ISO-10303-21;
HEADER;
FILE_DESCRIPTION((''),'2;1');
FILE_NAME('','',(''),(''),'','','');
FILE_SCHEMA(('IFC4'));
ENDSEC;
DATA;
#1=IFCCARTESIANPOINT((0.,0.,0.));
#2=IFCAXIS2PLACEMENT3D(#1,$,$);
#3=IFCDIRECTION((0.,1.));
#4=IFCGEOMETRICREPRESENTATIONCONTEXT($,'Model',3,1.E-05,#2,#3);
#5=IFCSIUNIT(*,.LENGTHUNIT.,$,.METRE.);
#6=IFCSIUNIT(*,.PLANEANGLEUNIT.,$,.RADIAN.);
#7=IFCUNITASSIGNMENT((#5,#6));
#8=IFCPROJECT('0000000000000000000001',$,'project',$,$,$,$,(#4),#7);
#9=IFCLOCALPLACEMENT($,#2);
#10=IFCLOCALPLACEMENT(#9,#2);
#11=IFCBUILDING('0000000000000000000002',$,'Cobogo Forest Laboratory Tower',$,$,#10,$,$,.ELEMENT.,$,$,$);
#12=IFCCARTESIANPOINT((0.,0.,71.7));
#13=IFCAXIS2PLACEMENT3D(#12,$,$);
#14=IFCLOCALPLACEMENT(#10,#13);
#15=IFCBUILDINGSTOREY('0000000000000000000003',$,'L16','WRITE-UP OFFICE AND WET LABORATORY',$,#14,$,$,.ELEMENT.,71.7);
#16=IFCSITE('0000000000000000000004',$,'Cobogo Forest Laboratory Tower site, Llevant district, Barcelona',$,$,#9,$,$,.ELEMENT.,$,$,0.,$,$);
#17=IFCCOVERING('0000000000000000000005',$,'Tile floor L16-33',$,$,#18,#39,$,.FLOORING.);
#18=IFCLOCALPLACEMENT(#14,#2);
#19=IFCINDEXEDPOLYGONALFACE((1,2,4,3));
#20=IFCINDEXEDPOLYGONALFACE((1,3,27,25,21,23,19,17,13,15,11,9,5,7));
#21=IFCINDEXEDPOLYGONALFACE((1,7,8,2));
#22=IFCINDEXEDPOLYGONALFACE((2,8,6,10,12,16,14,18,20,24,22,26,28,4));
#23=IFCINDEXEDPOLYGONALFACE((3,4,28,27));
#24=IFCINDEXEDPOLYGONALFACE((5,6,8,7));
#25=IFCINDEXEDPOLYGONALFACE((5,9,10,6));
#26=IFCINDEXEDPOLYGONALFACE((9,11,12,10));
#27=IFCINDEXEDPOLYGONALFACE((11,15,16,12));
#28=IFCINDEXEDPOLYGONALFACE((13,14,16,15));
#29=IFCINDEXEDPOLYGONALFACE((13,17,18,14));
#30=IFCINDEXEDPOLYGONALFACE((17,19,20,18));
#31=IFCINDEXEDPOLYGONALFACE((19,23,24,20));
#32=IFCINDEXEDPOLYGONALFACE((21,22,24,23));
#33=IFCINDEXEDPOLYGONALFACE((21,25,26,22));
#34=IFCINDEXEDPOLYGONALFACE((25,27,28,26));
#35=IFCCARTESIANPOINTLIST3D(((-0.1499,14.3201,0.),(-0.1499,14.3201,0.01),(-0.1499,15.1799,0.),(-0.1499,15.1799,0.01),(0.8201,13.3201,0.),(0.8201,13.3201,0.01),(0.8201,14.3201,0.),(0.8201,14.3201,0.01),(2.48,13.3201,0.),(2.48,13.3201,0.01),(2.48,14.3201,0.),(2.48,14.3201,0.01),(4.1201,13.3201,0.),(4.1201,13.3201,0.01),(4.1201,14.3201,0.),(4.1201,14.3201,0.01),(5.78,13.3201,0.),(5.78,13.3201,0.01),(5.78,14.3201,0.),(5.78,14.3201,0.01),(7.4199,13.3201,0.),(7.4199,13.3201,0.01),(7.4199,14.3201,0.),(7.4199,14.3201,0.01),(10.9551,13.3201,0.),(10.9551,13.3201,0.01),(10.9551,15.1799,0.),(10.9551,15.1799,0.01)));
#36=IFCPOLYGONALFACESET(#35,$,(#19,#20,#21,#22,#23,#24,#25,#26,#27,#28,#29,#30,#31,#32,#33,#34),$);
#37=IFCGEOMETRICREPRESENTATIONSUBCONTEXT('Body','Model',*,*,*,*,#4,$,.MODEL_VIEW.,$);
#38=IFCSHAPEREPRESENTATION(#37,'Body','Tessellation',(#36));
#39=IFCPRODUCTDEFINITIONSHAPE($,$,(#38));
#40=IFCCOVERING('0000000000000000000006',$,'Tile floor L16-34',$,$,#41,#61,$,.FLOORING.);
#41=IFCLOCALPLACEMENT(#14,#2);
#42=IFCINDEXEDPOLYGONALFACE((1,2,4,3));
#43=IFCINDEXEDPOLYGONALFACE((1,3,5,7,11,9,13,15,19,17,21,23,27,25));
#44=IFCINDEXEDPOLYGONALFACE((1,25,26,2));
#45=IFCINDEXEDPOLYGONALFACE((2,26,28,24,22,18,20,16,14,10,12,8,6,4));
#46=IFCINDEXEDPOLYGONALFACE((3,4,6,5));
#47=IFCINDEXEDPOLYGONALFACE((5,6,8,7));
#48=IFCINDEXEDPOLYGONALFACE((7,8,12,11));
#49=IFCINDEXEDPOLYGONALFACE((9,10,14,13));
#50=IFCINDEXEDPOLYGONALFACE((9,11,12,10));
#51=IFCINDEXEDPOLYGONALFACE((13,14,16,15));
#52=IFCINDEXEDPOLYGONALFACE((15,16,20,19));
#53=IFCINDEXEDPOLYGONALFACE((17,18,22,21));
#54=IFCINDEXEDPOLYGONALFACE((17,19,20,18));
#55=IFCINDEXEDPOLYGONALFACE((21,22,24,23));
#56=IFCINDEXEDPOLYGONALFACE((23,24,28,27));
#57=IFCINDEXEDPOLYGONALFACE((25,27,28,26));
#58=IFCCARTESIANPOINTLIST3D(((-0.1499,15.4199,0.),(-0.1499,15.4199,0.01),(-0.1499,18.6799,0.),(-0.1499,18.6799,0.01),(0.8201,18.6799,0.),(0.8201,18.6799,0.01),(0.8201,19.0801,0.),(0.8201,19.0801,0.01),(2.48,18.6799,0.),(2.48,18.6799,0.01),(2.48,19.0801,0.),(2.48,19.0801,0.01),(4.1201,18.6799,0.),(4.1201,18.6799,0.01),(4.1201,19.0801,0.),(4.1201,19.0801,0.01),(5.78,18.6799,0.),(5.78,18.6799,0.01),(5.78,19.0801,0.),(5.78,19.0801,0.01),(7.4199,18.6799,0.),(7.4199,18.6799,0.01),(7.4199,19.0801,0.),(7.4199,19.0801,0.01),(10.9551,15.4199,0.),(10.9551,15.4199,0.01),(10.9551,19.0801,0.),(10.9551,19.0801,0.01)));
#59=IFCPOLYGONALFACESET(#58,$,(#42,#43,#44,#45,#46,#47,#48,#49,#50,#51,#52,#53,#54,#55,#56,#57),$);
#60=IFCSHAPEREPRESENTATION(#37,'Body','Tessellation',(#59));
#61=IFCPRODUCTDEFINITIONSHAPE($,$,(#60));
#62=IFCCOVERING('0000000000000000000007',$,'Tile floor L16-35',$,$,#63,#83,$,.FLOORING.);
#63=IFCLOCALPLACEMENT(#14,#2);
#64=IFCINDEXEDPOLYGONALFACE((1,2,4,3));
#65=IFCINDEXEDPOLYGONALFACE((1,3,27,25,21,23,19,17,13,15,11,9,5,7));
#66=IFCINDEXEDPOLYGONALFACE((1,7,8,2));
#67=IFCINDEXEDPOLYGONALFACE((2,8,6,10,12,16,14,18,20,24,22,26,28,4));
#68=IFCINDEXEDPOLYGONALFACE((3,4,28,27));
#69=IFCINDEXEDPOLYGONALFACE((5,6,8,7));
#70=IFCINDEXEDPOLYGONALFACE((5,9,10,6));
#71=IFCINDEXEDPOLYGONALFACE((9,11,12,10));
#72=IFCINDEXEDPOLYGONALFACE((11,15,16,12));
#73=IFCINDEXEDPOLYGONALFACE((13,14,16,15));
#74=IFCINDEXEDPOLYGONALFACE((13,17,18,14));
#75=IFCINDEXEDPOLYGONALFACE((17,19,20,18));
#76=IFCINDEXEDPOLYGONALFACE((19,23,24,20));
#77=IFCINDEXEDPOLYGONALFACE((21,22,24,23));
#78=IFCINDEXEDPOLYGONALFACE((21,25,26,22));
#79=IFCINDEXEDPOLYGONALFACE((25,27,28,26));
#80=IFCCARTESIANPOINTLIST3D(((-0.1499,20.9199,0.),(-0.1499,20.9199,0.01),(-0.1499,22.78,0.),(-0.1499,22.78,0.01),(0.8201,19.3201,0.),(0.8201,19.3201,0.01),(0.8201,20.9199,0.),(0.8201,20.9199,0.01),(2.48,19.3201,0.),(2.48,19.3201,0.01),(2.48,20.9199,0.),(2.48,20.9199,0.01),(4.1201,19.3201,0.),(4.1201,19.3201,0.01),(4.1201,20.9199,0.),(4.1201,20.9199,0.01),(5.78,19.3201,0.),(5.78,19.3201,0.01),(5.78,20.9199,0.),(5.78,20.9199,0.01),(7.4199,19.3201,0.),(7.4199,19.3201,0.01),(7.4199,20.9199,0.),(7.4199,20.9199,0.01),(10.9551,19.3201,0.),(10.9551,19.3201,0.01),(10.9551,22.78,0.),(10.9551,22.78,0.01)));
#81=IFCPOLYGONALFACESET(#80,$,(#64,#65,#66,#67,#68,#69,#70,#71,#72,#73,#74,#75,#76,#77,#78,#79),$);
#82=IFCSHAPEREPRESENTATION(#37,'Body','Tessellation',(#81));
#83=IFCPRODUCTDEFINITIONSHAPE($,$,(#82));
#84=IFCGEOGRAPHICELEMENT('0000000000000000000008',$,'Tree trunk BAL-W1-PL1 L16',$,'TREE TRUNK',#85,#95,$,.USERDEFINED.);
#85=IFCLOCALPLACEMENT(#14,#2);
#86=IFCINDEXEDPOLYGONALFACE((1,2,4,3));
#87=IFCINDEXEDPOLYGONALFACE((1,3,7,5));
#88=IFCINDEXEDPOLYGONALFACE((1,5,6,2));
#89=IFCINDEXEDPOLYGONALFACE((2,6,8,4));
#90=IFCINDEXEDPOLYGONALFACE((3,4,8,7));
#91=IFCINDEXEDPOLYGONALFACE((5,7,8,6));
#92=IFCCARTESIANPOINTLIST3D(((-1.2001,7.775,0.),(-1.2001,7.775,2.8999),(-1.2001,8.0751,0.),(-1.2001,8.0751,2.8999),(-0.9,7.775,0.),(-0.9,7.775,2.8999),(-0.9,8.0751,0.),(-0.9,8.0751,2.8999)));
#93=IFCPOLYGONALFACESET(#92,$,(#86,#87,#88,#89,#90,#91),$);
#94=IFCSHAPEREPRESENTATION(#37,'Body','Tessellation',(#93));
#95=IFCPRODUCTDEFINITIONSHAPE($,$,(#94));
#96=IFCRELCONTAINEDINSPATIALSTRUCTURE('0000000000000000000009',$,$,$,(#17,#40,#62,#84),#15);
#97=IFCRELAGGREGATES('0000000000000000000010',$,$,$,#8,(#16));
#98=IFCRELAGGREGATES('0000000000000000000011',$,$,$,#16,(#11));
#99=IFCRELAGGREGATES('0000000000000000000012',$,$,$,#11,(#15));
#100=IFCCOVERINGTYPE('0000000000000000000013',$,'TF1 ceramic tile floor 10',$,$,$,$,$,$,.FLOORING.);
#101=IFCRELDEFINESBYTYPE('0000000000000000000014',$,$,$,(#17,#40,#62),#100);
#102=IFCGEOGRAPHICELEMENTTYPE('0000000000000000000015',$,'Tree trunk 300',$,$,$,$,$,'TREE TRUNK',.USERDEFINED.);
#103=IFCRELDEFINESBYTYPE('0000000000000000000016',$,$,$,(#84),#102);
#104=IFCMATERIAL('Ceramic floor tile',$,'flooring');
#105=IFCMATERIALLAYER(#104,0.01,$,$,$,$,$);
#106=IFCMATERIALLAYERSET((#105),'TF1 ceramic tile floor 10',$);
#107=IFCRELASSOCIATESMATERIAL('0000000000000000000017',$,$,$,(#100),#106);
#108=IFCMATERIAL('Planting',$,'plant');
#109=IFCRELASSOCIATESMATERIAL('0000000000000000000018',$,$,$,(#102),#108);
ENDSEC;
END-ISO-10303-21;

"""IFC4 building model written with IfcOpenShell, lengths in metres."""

from ifc_helpers import new_model, si_unit, direction, frame, origin, origin_2d, place, context, subcontext, project, spatial, polyline, rectangle, outline, extrude, material, layer, layer_set, type_object, element, save


model = new_model("IFC4")

# Units and contexts
model_context = context("Model", 3, precision=1e-05, world=origin(), true_north=direction((0.0, 1.0)))
body_context = subcontext(model_context, "Body", "Model", "MODEL_VIEW")
ifc_project = project(units=[si_unit("LENGTHUNIT", "METRE"), si_unit("PLANEANGLEUNIT", "RADIAN")], contexts=[model_context])

# Site, building, storey
site_placement = place(None, origin())
site = spatial("IfcSite", under=ifc_project, at=site_placement, Name="Cobogo Forest Laboratory Tower site, Llevant district, Barcelona", CompositionType="ELEMENT", RefElevation=0.0)
building_placement = place(site_placement, origin())
building = spatial("IfcBuilding", under=site, at=building_placement, Name="Cobogo Forest Laboratory Tower", CompositionType="ELEMENT")
storey_placement = place(building_placement, frame((0.0, 0.0, 71.7)))
storey = spatial("IfcBuildingStorey", under=building, at=storey_placement, Name="L16", Description="WRITE-UP OFFICE AND WET LABORATORY", CompositionType="ELEMENT", Elevation=71.7)

# Coverings
ifc_material_1 = material(Name="Ceramic floor tile", Category="flooring")
ifc_layer_1 = layer(ifc_material_1, 0.01)
ifc_layer_set_1 = layer_set([ifc_layer_1], Name="TF1 ceramic tile floor 10")
covering_type_1 = type_object("IfcCoveringType", Name="TF1 ceramic tile floor 10", PredefinedType="FLOORING", material=ifc_layer_set_1)
covering_1_placement = place(storey_placement, origin())
element("IfcCovering", 1, at=covering_1_placement, inside=storey, type_object=covering_type_1, Name="Tile floor L16-33", PredefinedType="FLOORING", context=body_context, shape_type="SweptSolid", body=[
    extrude(outline(polyline([(10.9551, 13.3201), (7.4199, 13.3201), (7.4199, 14.3201), (5.78, 14.3201), (5.78, 13.3201), (4.1201, 13.3201), (4.1201, 14.3201), (2.48, 14.3201), (2.48, 13.3201), (0.8201, 13.3201), (0.8201, 14.3201), (-0.1499, 14.3201), (-0.1499, 15.1799), (10.9551, 15.1799), (10.9551, 13.3201)])), origin(), (0.0, 0.0, 1.0), 0.01),
])
covering_2_placement = place(storey_placement, origin())
element("IfcCovering", 2, at=covering_2_placement, inside=storey, type_object=covering_type_1, Name="Tile floor L16-34", PredefinedType="FLOORING", context=body_context, shape_type="SweptSolid", body=[
    extrude(outline(polyline([(10.9551, 15.4199), (-0.1499, 15.4199), (-0.1499, 18.6799), (0.8201, 18.6799), (0.8201, 19.0801), (2.48, 19.0801), (2.48, 18.6799), (4.1201, 18.6799), (4.1201, 19.0801), (5.78, 19.0801), (5.78, 18.6799), (7.4199, 18.6799), (7.4199, 19.0801), (10.9551, 19.0801), (10.9551, 15.4199)])), origin(), (0.0, 0.0, 1.0), 0.01),
])
covering_3_placement = place(storey_placement, origin())
element("IfcCovering", 3, at=covering_3_placement, inside=storey, type_object=covering_type_1, Name="Tile floor L16-35", PredefinedType="FLOORING", context=body_context, shape_type="SweptSolid", body=[
    extrude(outline(polyline([(10.9551, 19.3201), (7.4199, 19.3201), (7.4199, 20.9199), (5.78, 20.9199), (5.78, 19.3201), (4.1201, 19.3201), (4.1201, 20.9199), (2.48, 20.9199), (2.48, 19.3201), (0.8201, 19.3201), (0.8201, 20.9199), (-0.1499, 20.9199), (-0.1499, 22.78), (10.9551, 22.78), (10.9551, 19.3201)])), origin(), (0.0, 0.0, 1.0), 0.01),
])

# Geographic element
ifc_material_2 = material(Name="Planting", Category="plant")
geographic_element_type = type_object("IfcGeographicElementType", Name="Tree trunk 300", ElementType="TREE TRUNK", PredefinedType="USERDEFINED", material=ifc_material_2)
geographic_element_placement = place(storey_placement, frame((-1.05, 7.925, 0.0), z_axis=(0.0, 0.0, 1.0), x_axis=(1.0, 0.0, 0.0)))
element("IfcGeographicElement", 4, at=geographic_element_placement, inside=storey, type_object=geographic_element_type, Name="Tree trunk BAL-W1-PL1 L16", ObjectType="TREE TRUNK", PredefinedType="USERDEFINED", context=body_context, shape_type="SweptSolid", body=[
    extrude(rectangle(XDim=0.3, YDim=0.3, at=origin_2d()), origin(), (0.0, 0.0, 1.0), 2.8999),
])

save(model, "model.ifc")
